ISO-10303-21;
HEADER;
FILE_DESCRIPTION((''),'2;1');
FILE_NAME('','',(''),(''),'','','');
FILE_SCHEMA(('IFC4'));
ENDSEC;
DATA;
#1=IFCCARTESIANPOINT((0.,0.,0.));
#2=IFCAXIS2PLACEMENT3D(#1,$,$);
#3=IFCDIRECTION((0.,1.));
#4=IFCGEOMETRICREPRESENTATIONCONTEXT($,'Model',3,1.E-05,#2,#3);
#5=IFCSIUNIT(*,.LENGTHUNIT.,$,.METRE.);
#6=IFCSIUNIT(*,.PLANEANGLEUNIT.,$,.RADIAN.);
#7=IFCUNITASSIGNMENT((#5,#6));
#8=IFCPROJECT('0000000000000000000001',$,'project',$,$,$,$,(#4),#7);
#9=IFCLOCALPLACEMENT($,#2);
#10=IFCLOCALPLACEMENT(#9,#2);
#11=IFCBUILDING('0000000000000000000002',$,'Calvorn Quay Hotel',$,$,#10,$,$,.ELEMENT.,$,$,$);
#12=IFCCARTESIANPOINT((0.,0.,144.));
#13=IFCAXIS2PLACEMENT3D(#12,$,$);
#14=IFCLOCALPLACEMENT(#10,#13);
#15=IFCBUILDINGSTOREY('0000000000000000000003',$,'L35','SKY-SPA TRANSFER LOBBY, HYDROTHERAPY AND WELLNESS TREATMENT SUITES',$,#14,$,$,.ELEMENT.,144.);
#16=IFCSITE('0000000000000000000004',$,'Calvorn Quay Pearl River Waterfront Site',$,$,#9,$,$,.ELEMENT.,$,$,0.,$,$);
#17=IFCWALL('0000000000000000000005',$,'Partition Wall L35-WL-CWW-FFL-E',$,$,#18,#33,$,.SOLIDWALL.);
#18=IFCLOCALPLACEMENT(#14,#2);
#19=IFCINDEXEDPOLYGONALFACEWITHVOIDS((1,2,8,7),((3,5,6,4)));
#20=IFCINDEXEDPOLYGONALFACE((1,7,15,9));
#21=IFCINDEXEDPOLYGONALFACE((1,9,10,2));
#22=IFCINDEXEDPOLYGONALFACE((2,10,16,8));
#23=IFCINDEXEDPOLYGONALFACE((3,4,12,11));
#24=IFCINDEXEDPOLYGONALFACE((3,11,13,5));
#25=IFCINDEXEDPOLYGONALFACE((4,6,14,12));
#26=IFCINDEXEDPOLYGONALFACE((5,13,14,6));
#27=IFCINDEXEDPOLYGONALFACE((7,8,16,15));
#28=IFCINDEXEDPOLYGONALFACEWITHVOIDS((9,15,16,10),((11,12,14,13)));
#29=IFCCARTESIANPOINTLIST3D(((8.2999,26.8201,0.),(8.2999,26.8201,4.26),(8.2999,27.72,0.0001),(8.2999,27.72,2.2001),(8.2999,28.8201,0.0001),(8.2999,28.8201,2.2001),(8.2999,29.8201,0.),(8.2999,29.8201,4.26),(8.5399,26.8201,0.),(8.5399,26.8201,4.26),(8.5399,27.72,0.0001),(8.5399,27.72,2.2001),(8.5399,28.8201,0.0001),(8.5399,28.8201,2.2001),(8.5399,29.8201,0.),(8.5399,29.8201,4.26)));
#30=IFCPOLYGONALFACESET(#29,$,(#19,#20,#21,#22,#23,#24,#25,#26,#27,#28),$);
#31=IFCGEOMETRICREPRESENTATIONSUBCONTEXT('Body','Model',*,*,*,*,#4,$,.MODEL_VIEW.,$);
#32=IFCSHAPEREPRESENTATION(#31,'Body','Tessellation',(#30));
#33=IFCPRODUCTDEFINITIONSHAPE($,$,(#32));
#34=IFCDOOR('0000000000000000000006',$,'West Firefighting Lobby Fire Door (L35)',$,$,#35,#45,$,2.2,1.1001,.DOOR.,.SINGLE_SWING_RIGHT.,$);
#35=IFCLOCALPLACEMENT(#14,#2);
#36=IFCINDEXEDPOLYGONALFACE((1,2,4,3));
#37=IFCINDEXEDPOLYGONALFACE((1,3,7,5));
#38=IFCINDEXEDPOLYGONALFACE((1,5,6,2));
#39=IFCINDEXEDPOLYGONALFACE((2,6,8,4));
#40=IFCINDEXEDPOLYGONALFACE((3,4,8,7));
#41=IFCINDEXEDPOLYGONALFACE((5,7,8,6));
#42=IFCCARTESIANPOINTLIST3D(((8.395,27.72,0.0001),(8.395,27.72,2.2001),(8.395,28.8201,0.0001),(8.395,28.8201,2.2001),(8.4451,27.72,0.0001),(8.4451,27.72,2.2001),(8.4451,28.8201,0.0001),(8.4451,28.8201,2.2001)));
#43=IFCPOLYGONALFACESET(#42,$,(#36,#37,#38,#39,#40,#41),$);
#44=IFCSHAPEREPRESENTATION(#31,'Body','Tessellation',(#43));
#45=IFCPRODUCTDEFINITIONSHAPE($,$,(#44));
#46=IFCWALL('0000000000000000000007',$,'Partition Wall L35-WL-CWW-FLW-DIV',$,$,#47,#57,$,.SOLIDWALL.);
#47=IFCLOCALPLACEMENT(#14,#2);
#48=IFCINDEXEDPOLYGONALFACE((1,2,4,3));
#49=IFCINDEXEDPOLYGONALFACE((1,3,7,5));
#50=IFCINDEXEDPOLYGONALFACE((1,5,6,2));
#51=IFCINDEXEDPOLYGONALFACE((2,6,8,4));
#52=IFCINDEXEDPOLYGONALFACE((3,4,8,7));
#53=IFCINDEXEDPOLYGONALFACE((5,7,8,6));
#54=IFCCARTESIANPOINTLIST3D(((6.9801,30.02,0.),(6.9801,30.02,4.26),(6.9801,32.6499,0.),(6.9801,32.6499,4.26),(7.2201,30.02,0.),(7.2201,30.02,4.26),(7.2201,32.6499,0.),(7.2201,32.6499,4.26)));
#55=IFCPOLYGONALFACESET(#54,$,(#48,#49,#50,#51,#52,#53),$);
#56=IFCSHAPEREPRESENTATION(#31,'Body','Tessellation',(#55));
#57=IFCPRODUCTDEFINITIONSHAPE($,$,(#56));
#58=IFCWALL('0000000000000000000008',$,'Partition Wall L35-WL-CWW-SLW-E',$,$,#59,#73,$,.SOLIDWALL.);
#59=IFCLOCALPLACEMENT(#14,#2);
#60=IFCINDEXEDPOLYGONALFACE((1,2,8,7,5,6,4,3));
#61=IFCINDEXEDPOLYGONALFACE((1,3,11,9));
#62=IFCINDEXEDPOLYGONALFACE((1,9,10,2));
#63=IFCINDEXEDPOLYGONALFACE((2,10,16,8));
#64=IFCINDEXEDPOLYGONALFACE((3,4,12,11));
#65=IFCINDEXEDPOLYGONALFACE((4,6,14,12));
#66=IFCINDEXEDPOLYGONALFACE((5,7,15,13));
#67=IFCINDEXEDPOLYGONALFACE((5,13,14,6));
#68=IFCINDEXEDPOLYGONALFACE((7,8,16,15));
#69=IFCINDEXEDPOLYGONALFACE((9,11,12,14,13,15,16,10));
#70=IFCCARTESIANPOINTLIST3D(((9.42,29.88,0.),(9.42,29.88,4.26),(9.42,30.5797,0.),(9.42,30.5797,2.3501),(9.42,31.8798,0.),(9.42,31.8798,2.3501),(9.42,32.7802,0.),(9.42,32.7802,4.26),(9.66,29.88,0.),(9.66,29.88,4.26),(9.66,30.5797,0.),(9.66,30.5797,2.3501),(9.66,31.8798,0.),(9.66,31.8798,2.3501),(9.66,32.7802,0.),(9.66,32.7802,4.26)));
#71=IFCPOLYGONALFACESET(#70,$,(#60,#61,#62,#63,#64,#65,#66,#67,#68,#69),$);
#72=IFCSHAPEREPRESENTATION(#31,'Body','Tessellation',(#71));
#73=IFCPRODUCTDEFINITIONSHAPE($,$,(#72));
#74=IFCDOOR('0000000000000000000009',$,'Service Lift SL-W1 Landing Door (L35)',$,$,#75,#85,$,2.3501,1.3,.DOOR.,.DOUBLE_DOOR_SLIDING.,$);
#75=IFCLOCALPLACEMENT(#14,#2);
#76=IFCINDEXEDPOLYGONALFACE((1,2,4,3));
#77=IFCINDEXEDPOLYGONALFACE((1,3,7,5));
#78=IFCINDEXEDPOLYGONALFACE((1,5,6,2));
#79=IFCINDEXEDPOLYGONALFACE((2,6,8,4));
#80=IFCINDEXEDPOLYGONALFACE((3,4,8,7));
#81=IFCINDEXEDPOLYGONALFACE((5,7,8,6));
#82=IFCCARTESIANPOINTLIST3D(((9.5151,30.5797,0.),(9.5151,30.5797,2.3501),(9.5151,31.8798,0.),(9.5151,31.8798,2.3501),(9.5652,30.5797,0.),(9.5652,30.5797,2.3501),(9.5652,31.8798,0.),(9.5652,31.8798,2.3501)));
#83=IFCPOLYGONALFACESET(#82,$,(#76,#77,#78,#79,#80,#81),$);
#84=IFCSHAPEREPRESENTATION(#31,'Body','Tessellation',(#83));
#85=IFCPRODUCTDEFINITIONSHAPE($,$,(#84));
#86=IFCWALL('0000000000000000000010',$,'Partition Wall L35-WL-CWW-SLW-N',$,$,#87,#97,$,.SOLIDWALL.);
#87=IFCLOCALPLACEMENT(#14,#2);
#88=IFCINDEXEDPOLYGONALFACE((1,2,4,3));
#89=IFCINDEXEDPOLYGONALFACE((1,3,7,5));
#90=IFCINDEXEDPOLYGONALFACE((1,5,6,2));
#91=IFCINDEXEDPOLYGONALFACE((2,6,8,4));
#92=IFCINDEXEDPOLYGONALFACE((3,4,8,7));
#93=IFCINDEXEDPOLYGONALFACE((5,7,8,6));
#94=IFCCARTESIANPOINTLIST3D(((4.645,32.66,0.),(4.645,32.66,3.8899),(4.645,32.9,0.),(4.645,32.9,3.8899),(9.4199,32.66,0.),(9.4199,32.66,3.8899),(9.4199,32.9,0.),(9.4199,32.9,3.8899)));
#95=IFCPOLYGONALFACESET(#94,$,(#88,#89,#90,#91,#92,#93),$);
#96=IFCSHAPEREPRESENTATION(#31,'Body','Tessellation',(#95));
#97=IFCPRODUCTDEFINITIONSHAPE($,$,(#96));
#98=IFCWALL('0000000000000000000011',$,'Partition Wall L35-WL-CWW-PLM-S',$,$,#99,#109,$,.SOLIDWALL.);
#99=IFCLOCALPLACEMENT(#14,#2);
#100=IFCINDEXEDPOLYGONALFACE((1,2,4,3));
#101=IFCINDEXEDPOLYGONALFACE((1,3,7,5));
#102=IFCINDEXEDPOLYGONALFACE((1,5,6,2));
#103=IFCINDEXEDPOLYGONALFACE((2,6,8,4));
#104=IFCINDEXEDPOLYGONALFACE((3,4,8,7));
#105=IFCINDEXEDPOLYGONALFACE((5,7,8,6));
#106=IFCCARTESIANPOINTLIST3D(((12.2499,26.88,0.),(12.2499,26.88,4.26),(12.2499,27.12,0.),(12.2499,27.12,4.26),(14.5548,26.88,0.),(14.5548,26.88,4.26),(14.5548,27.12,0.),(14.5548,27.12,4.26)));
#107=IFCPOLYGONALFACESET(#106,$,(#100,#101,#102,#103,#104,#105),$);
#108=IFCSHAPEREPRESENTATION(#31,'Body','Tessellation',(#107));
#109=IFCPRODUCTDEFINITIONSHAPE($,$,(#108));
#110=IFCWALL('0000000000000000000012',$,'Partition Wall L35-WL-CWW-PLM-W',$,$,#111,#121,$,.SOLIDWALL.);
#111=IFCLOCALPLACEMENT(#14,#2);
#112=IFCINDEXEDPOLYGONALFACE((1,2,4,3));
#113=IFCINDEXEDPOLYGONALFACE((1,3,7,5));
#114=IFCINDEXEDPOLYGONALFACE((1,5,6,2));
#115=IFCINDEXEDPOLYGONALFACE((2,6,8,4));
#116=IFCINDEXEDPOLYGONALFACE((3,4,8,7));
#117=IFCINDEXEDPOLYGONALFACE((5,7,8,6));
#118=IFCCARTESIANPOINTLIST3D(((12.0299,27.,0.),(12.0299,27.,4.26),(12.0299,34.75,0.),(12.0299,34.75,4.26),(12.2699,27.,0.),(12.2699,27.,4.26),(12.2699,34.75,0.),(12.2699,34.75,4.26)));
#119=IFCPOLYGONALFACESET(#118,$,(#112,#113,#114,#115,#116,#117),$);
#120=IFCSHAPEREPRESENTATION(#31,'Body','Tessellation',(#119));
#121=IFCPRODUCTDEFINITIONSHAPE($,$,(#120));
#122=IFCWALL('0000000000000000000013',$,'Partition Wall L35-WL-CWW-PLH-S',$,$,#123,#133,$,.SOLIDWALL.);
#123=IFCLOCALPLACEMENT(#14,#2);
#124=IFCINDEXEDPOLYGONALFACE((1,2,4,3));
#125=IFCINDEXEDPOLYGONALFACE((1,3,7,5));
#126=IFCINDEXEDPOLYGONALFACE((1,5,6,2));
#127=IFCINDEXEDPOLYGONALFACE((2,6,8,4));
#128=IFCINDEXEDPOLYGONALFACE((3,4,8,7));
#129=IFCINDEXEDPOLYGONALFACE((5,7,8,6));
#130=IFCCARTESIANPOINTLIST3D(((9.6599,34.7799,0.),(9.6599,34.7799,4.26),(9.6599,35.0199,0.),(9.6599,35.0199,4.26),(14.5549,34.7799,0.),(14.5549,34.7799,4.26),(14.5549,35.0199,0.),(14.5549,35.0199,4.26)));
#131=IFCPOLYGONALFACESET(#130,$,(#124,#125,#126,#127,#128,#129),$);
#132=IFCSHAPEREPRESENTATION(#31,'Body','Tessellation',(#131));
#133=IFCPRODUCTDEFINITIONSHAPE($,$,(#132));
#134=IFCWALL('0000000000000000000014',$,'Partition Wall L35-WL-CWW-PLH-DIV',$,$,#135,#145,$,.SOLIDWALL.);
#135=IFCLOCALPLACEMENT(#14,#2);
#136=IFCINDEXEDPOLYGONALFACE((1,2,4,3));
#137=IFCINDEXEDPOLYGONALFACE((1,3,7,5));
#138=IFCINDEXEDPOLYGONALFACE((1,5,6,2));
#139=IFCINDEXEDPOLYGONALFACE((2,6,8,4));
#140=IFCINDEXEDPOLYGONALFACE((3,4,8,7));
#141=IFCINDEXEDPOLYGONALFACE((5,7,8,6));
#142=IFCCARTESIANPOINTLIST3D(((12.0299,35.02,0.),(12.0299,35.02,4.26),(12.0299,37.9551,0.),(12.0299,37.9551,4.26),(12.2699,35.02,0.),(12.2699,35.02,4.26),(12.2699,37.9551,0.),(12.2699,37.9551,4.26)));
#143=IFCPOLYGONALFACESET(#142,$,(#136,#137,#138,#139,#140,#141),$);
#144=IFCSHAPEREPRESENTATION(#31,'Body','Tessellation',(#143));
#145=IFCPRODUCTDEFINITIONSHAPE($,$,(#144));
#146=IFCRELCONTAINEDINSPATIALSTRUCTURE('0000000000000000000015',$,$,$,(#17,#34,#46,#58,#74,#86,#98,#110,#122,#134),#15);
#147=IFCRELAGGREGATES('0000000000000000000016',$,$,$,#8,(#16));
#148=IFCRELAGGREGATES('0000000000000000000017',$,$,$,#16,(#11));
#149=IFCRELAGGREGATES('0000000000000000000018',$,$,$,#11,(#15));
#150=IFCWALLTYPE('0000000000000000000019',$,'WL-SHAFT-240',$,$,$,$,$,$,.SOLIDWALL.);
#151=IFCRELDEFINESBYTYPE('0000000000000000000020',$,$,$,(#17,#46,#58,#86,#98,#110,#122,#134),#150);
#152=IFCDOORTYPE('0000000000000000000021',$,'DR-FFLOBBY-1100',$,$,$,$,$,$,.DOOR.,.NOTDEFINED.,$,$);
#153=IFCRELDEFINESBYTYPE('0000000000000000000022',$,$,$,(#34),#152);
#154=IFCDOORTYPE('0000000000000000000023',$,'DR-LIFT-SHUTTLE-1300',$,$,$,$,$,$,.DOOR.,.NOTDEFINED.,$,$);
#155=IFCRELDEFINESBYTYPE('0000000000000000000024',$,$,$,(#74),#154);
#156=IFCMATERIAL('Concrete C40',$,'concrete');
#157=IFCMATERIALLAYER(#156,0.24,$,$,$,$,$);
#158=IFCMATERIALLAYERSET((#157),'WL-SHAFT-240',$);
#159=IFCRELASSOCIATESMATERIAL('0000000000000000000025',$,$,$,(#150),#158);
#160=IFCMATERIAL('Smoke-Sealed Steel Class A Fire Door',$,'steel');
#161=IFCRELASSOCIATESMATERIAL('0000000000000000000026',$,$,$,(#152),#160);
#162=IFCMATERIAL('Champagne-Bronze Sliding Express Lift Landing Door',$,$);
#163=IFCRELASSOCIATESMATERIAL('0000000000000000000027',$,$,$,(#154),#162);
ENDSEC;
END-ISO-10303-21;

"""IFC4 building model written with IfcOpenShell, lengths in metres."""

from ifc_helpers import new_model, si_unit, direction, frame, frame_2d, origin, place, context, subcontext, project, spatial, rectangle, extrude, material, layer, layer_set, type_object, element, fill, save


model = new_model("IFC4")

# Units and contexts
model_context = context("Model", 3, precision=1e-05, world=origin(), true_north=direction((0.0, 1.0)))
body_context = subcontext(model_context, "Body", "Model", "MODEL_VIEW")
ifc_project = project(units=[si_unit("LENGTHUNIT", "METRE"), si_unit("PLANEANGLEUNIT", "RADIAN")], contexts=[model_context])

# Site, building, storey
site_placement = place(None, origin())
site = spatial("IfcSite", under=ifc_project, at=site_placement, Name="Calvorn Quay Pearl River Waterfront Site", CompositionType="ELEMENT", RefElevation=0.0)
building_placement = place(site_placement, origin())
building = spatial("IfcBuilding", under=site, at=building_placement, Name="Calvorn Quay Hotel", CompositionType="ELEMENT")
storey_placement = place(building_placement, frame((0.0, 0.0, 144.0)))
storey = spatial("IfcBuildingStorey", under=building, at=storey_placement, Name="L35", Description="SKY-SPA TRANSFER LOBBY, HYDROTHERAPY AND WELLNESS TREATMENT SUITES", CompositionType="ELEMENT", Elevation=144.0)

# Shared definitions
ifc_material_1 = material(Name="Concrete C40", Category="concrete")
ifc_layer_1 = layer(ifc_material_1, 0.24)
ifc_layer_set_1 = layer_set([ifc_layer_1], Name="WL-SHAFT-240")
wall_type_1 = type_object("IfcWallType", Name="WL-SHAFT-240", PredefinedType="SOLIDWALL", material=ifc_layer_set_1)

# Wall, opening, door
wall_1_placement = place(storey_placement, frame((8.4199, 26.8201, 0.0), z_axis=(0.0, 0.0, 1.0), x_axis=(0.0, 1.0, 0.0)))
wall_1 = element("IfcWall", 1, at=wall_1_placement, inside=storey, type_object=wall_type_1, Name="Partition Wall L35-WL-CWW-FFL-E", PredefinedType="SOLIDWALL", context=body_context, shape_type="SweptSolid", body=[
    extrude(rectangle(XDim=3.0, YDim=0.24, at=frame_2d((1.5, 0.0))), origin(), (0.0, 0.0, 1.0), 4.26),
])
opening_1_placement = place(wall_1_placement, frame((0.8999, 0.0, 0.0)))
opening_1 = element("IfcOpeningElement", 2, at=opening_1_placement, cuts=wall_1, PredefinedType="OPENING", context=body_context, shape_type="SweptSolid", body=[
    extrude(rectangle(XDim=1.1001, YDim=2.2, at=frame_2d((0.55, 1.1001))), frame((0.0, 0.1299, 0.0), z_axis=(0.0, -1.0, 0.0), x_axis=(1.0, 0.0, 0.0)), (0.0, 0.0, 1.0), 0.26),
])
ifc_material_2 = material(Name="Smoke-Sealed Steel Class A Fire Door", Category="steel")
door_type_1 = type_object("IfcDoorType", Name="DR-FFLOBBY-1100", OperationType="NOTDEFINED", PredefinedType="DOOR", material=ifc_material_2)
door_1_placement = place(opening_1_placement, origin())
door_1 = element("IfcDoor", 3, at=door_1_placement, inside=storey, type_object=door_type_1, Name="West Firefighting Lobby Fire Door (L35)", OperationType="SINGLE_SWING_RIGHT", OverallHeight=2.2, OverallWidth=1.1001, PredefinedType="DOOR", context=body_context, shape_type="SweptSolid", body=[
    extrude(rectangle(XDim=1.1001, YDim=2.2, at=frame_2d((0.55, 1.1001))), frame((0.0, 0.0249, 0.0), z_axis=(0.0, -1.0, 0.0), x_axis=(1.0, 0.0, 0.0)), (0.0, 0.0, 1.0), 0.05),
])
fill(opening_1, door_1)

# Wall
wall_2_placement = place(storey_placement, frame((7.1001, 30.02, 0.0), z_axis=(0.0, 0.0, 1.0), x_axis=(0.0, 1.0, 0.0)))
element("IfcWall", 4, at=wall_2_placement, inside=storey, type_object=wall_type_1, Name="Partition Wall L35-WL-CWW-FLW-DIV", PredefinedType="SOLIDWALL", context=body_context, shape_type="SweptSolid", body=[
    extrude(rectangle(XDim=2.6299, YDim=0.24, at=frame_2d((1.3149, 0.0))), origin(), (0.0, 0.0, 1.0), 4.26),
])

# Wall, opening, door
wall_3_placement = place(storey_placement, frame((9.54, 29.8799, 0.0), z_axis=(0.0, 0.0, 1.0), x_axis=(0.0, 1.0, 0.0)))
wall_3 = element("IfcWall", 5, at=wall_3_placement, inside=storey, type_object=wall_type_1, Name="Partition Wall L35-WL-CWW-SLW-E", PredefinedType="SOLIDWALL", context=body_context, shape_type="SweptSolid", body=[
    extrude(rectangle(XDim=2.9001, YDim=0.24, at=frame_2d((1.4502, 0.0))), origin(), (0.0, 0.0, 1.0), 4.26),
])
opening_2_placement = place(wall_3_placement, frame((0.7, 0.0, 0.0)))
opening_2 = element("IfcOpeningElement", 6, at=opening_2_placement, cuts=wall_3, PredefinedType="OPENING", context=body_context, shape_type="SweptSolid", body=[
    extrude(rectangle(XDim=1.3, YDim=2.3501, at=frame_2d((0.6499, 1.175))), frame((0.0, 0.1299, 0.0), z_axis=(0.0, -1.0, 0.0), x_axis=(1.0, 0.0, 0.0)), (0.0, 0.0, 1.0), 0.26),
])
ifc_material_3 = material(Name="Champagne-Bronze Sliding Express Lift Landing Door")
door_type_2 = type_object("IfcDoorType", Name="DR-LIFT-SHUTTLE-1300", OperationType="NOTDEFINED", PredefinedType="DOOR", material=ifc_material_3)
door_2_placement = place(opening_2_placement, origin())
door_2 = element("IfcDoor", 7, at=door_2_placement, inside=storey, type_object=door_type_2, Name="Service Lift SL-W1 Landing Door (L35)", OperationType="DOUBLE_DOOR_SLIDING", OverallHeight=2.3501, OverallWidth=1.3, PredefinedType="DOOR", context=body_context, shape_type="SweptSolid", body=[
    extrude(rectangle(XDim=1.3, YDim=2.3501, at=frame_2d((0.6499, 1.175))), frame((0.0, 0.0249, 0.0), z_axis=(0.0, -1.0, 0.0), x_axis=(1.0, 0.0, 0.0)), (0.0, 0.0, 1.0), 0.05),
])
fill(opening_2, door_2)

# Walls
wall_4_placement = place(storey_placement, frame((4.645, 32.78, 0.0), z_axis=(0.0, 0.0, 1.0), x_axis=(1.0, 0.0, 0.0)))
element("IfcWall", 8, at=wall_4_placement, inside=storey, type_object=wall_type_1, Name="Partition Wall L35-WL-CWW-SLW-N", PredefinedType="SOLIDWALL", context=body_context, shape_type="SweptSolid", body=[
    extrude(rectangle(XDim=4.7749, YDim=0.24, at=frame_2d((2.3875, 0.0))), origin(), (0.0, 0.0, 1.0), 3.8899),
])
wall_5_placement = place(storey_placement, frame((12.25, 27.0, 0.0), z_axis=(0.0, 0.0, 1.0), x_axis=(1.0, 0.0, 0.0)))
element("IfcWall", 9, at=wall_5_placement, inside=storey, type_object=wall_type_1, Name="Partition Wall L35-WL-CWW-PLM-S", PredefinedType="SOLIDWALL", context=body_context, shape_type="SweptSolid", body=[
    extrude(rectangle(XDim=2.3049, YDim=0.24, at=frame_2d((1.1523, 0.0))), origin(), (0.0, 0.0, 1.0), 4.26),
])
wall_6_placement = place(storey_placement, frame((12.1499, 27.0, 0.0), z_axis=(0.0, 0.0, 1.0), x_axis=(0.0, 1.0, 0.0)))
element("IfcWall", 10, at=wall_6_placement, inside=storey, type_object=wall_type_1, Name="Partition Wall L35-WL-CWW-PLM-W", PredefinedType="SOLIDWALL", context=body_context, shape_type="SweptSolid", body=[
    extrude(rectangle(XDim=7.75, YDim=0.24, at=frame_2d((3.875, 0.0))), origin(), (0.0, 0.0, 1.0), 4.26),
])
wall_7_placement = place(storey_placement, frame((9.6599, 34.8999, 0.0), z_axis=(0.0, 0.0, 1.0), x_axis=(1.0, 0.0, 0.0)))
element("IfcWall", 11, at=wall_7_placement, inside=storey, type_object=wall_type_1, Name="Partition Wall L35-WL-CWW-PLH-S", PredefinedType="SOLIDWALL", context=body_context, shape_type="SweptSolid", body=[
    extrude(rectangle(XDim=4.895, YDim=0.24, at=frame_2d((2.4475, 0.0))), origin(), (0.0, 0.0, 1.0), 4.26),
])
wall_8_placement = place(storey_placement, frame((12.1499, 35.02, 0.0), z_axis=(0.0, 0.0, 1.0), x_axis=(0.0, 1.0, 0.0)))
element("IfcWall", 12, at=wall_8_placement, inside=storey, type_object=wall_type_1, Name="Partition Wall L35-WL-CWW-PLH-DIV", PredefinedType="SOLIDWALL", context=body_context, shape_type="SweptSolid", body=[
    extrude(rectangle(XDim=2.9351, YDim=0.24, at=frame_2d((1.4675, 0.0))), origin(), (0.0, 0.0, 1.0), 4.26),
])

save(model, "model.ifc")
